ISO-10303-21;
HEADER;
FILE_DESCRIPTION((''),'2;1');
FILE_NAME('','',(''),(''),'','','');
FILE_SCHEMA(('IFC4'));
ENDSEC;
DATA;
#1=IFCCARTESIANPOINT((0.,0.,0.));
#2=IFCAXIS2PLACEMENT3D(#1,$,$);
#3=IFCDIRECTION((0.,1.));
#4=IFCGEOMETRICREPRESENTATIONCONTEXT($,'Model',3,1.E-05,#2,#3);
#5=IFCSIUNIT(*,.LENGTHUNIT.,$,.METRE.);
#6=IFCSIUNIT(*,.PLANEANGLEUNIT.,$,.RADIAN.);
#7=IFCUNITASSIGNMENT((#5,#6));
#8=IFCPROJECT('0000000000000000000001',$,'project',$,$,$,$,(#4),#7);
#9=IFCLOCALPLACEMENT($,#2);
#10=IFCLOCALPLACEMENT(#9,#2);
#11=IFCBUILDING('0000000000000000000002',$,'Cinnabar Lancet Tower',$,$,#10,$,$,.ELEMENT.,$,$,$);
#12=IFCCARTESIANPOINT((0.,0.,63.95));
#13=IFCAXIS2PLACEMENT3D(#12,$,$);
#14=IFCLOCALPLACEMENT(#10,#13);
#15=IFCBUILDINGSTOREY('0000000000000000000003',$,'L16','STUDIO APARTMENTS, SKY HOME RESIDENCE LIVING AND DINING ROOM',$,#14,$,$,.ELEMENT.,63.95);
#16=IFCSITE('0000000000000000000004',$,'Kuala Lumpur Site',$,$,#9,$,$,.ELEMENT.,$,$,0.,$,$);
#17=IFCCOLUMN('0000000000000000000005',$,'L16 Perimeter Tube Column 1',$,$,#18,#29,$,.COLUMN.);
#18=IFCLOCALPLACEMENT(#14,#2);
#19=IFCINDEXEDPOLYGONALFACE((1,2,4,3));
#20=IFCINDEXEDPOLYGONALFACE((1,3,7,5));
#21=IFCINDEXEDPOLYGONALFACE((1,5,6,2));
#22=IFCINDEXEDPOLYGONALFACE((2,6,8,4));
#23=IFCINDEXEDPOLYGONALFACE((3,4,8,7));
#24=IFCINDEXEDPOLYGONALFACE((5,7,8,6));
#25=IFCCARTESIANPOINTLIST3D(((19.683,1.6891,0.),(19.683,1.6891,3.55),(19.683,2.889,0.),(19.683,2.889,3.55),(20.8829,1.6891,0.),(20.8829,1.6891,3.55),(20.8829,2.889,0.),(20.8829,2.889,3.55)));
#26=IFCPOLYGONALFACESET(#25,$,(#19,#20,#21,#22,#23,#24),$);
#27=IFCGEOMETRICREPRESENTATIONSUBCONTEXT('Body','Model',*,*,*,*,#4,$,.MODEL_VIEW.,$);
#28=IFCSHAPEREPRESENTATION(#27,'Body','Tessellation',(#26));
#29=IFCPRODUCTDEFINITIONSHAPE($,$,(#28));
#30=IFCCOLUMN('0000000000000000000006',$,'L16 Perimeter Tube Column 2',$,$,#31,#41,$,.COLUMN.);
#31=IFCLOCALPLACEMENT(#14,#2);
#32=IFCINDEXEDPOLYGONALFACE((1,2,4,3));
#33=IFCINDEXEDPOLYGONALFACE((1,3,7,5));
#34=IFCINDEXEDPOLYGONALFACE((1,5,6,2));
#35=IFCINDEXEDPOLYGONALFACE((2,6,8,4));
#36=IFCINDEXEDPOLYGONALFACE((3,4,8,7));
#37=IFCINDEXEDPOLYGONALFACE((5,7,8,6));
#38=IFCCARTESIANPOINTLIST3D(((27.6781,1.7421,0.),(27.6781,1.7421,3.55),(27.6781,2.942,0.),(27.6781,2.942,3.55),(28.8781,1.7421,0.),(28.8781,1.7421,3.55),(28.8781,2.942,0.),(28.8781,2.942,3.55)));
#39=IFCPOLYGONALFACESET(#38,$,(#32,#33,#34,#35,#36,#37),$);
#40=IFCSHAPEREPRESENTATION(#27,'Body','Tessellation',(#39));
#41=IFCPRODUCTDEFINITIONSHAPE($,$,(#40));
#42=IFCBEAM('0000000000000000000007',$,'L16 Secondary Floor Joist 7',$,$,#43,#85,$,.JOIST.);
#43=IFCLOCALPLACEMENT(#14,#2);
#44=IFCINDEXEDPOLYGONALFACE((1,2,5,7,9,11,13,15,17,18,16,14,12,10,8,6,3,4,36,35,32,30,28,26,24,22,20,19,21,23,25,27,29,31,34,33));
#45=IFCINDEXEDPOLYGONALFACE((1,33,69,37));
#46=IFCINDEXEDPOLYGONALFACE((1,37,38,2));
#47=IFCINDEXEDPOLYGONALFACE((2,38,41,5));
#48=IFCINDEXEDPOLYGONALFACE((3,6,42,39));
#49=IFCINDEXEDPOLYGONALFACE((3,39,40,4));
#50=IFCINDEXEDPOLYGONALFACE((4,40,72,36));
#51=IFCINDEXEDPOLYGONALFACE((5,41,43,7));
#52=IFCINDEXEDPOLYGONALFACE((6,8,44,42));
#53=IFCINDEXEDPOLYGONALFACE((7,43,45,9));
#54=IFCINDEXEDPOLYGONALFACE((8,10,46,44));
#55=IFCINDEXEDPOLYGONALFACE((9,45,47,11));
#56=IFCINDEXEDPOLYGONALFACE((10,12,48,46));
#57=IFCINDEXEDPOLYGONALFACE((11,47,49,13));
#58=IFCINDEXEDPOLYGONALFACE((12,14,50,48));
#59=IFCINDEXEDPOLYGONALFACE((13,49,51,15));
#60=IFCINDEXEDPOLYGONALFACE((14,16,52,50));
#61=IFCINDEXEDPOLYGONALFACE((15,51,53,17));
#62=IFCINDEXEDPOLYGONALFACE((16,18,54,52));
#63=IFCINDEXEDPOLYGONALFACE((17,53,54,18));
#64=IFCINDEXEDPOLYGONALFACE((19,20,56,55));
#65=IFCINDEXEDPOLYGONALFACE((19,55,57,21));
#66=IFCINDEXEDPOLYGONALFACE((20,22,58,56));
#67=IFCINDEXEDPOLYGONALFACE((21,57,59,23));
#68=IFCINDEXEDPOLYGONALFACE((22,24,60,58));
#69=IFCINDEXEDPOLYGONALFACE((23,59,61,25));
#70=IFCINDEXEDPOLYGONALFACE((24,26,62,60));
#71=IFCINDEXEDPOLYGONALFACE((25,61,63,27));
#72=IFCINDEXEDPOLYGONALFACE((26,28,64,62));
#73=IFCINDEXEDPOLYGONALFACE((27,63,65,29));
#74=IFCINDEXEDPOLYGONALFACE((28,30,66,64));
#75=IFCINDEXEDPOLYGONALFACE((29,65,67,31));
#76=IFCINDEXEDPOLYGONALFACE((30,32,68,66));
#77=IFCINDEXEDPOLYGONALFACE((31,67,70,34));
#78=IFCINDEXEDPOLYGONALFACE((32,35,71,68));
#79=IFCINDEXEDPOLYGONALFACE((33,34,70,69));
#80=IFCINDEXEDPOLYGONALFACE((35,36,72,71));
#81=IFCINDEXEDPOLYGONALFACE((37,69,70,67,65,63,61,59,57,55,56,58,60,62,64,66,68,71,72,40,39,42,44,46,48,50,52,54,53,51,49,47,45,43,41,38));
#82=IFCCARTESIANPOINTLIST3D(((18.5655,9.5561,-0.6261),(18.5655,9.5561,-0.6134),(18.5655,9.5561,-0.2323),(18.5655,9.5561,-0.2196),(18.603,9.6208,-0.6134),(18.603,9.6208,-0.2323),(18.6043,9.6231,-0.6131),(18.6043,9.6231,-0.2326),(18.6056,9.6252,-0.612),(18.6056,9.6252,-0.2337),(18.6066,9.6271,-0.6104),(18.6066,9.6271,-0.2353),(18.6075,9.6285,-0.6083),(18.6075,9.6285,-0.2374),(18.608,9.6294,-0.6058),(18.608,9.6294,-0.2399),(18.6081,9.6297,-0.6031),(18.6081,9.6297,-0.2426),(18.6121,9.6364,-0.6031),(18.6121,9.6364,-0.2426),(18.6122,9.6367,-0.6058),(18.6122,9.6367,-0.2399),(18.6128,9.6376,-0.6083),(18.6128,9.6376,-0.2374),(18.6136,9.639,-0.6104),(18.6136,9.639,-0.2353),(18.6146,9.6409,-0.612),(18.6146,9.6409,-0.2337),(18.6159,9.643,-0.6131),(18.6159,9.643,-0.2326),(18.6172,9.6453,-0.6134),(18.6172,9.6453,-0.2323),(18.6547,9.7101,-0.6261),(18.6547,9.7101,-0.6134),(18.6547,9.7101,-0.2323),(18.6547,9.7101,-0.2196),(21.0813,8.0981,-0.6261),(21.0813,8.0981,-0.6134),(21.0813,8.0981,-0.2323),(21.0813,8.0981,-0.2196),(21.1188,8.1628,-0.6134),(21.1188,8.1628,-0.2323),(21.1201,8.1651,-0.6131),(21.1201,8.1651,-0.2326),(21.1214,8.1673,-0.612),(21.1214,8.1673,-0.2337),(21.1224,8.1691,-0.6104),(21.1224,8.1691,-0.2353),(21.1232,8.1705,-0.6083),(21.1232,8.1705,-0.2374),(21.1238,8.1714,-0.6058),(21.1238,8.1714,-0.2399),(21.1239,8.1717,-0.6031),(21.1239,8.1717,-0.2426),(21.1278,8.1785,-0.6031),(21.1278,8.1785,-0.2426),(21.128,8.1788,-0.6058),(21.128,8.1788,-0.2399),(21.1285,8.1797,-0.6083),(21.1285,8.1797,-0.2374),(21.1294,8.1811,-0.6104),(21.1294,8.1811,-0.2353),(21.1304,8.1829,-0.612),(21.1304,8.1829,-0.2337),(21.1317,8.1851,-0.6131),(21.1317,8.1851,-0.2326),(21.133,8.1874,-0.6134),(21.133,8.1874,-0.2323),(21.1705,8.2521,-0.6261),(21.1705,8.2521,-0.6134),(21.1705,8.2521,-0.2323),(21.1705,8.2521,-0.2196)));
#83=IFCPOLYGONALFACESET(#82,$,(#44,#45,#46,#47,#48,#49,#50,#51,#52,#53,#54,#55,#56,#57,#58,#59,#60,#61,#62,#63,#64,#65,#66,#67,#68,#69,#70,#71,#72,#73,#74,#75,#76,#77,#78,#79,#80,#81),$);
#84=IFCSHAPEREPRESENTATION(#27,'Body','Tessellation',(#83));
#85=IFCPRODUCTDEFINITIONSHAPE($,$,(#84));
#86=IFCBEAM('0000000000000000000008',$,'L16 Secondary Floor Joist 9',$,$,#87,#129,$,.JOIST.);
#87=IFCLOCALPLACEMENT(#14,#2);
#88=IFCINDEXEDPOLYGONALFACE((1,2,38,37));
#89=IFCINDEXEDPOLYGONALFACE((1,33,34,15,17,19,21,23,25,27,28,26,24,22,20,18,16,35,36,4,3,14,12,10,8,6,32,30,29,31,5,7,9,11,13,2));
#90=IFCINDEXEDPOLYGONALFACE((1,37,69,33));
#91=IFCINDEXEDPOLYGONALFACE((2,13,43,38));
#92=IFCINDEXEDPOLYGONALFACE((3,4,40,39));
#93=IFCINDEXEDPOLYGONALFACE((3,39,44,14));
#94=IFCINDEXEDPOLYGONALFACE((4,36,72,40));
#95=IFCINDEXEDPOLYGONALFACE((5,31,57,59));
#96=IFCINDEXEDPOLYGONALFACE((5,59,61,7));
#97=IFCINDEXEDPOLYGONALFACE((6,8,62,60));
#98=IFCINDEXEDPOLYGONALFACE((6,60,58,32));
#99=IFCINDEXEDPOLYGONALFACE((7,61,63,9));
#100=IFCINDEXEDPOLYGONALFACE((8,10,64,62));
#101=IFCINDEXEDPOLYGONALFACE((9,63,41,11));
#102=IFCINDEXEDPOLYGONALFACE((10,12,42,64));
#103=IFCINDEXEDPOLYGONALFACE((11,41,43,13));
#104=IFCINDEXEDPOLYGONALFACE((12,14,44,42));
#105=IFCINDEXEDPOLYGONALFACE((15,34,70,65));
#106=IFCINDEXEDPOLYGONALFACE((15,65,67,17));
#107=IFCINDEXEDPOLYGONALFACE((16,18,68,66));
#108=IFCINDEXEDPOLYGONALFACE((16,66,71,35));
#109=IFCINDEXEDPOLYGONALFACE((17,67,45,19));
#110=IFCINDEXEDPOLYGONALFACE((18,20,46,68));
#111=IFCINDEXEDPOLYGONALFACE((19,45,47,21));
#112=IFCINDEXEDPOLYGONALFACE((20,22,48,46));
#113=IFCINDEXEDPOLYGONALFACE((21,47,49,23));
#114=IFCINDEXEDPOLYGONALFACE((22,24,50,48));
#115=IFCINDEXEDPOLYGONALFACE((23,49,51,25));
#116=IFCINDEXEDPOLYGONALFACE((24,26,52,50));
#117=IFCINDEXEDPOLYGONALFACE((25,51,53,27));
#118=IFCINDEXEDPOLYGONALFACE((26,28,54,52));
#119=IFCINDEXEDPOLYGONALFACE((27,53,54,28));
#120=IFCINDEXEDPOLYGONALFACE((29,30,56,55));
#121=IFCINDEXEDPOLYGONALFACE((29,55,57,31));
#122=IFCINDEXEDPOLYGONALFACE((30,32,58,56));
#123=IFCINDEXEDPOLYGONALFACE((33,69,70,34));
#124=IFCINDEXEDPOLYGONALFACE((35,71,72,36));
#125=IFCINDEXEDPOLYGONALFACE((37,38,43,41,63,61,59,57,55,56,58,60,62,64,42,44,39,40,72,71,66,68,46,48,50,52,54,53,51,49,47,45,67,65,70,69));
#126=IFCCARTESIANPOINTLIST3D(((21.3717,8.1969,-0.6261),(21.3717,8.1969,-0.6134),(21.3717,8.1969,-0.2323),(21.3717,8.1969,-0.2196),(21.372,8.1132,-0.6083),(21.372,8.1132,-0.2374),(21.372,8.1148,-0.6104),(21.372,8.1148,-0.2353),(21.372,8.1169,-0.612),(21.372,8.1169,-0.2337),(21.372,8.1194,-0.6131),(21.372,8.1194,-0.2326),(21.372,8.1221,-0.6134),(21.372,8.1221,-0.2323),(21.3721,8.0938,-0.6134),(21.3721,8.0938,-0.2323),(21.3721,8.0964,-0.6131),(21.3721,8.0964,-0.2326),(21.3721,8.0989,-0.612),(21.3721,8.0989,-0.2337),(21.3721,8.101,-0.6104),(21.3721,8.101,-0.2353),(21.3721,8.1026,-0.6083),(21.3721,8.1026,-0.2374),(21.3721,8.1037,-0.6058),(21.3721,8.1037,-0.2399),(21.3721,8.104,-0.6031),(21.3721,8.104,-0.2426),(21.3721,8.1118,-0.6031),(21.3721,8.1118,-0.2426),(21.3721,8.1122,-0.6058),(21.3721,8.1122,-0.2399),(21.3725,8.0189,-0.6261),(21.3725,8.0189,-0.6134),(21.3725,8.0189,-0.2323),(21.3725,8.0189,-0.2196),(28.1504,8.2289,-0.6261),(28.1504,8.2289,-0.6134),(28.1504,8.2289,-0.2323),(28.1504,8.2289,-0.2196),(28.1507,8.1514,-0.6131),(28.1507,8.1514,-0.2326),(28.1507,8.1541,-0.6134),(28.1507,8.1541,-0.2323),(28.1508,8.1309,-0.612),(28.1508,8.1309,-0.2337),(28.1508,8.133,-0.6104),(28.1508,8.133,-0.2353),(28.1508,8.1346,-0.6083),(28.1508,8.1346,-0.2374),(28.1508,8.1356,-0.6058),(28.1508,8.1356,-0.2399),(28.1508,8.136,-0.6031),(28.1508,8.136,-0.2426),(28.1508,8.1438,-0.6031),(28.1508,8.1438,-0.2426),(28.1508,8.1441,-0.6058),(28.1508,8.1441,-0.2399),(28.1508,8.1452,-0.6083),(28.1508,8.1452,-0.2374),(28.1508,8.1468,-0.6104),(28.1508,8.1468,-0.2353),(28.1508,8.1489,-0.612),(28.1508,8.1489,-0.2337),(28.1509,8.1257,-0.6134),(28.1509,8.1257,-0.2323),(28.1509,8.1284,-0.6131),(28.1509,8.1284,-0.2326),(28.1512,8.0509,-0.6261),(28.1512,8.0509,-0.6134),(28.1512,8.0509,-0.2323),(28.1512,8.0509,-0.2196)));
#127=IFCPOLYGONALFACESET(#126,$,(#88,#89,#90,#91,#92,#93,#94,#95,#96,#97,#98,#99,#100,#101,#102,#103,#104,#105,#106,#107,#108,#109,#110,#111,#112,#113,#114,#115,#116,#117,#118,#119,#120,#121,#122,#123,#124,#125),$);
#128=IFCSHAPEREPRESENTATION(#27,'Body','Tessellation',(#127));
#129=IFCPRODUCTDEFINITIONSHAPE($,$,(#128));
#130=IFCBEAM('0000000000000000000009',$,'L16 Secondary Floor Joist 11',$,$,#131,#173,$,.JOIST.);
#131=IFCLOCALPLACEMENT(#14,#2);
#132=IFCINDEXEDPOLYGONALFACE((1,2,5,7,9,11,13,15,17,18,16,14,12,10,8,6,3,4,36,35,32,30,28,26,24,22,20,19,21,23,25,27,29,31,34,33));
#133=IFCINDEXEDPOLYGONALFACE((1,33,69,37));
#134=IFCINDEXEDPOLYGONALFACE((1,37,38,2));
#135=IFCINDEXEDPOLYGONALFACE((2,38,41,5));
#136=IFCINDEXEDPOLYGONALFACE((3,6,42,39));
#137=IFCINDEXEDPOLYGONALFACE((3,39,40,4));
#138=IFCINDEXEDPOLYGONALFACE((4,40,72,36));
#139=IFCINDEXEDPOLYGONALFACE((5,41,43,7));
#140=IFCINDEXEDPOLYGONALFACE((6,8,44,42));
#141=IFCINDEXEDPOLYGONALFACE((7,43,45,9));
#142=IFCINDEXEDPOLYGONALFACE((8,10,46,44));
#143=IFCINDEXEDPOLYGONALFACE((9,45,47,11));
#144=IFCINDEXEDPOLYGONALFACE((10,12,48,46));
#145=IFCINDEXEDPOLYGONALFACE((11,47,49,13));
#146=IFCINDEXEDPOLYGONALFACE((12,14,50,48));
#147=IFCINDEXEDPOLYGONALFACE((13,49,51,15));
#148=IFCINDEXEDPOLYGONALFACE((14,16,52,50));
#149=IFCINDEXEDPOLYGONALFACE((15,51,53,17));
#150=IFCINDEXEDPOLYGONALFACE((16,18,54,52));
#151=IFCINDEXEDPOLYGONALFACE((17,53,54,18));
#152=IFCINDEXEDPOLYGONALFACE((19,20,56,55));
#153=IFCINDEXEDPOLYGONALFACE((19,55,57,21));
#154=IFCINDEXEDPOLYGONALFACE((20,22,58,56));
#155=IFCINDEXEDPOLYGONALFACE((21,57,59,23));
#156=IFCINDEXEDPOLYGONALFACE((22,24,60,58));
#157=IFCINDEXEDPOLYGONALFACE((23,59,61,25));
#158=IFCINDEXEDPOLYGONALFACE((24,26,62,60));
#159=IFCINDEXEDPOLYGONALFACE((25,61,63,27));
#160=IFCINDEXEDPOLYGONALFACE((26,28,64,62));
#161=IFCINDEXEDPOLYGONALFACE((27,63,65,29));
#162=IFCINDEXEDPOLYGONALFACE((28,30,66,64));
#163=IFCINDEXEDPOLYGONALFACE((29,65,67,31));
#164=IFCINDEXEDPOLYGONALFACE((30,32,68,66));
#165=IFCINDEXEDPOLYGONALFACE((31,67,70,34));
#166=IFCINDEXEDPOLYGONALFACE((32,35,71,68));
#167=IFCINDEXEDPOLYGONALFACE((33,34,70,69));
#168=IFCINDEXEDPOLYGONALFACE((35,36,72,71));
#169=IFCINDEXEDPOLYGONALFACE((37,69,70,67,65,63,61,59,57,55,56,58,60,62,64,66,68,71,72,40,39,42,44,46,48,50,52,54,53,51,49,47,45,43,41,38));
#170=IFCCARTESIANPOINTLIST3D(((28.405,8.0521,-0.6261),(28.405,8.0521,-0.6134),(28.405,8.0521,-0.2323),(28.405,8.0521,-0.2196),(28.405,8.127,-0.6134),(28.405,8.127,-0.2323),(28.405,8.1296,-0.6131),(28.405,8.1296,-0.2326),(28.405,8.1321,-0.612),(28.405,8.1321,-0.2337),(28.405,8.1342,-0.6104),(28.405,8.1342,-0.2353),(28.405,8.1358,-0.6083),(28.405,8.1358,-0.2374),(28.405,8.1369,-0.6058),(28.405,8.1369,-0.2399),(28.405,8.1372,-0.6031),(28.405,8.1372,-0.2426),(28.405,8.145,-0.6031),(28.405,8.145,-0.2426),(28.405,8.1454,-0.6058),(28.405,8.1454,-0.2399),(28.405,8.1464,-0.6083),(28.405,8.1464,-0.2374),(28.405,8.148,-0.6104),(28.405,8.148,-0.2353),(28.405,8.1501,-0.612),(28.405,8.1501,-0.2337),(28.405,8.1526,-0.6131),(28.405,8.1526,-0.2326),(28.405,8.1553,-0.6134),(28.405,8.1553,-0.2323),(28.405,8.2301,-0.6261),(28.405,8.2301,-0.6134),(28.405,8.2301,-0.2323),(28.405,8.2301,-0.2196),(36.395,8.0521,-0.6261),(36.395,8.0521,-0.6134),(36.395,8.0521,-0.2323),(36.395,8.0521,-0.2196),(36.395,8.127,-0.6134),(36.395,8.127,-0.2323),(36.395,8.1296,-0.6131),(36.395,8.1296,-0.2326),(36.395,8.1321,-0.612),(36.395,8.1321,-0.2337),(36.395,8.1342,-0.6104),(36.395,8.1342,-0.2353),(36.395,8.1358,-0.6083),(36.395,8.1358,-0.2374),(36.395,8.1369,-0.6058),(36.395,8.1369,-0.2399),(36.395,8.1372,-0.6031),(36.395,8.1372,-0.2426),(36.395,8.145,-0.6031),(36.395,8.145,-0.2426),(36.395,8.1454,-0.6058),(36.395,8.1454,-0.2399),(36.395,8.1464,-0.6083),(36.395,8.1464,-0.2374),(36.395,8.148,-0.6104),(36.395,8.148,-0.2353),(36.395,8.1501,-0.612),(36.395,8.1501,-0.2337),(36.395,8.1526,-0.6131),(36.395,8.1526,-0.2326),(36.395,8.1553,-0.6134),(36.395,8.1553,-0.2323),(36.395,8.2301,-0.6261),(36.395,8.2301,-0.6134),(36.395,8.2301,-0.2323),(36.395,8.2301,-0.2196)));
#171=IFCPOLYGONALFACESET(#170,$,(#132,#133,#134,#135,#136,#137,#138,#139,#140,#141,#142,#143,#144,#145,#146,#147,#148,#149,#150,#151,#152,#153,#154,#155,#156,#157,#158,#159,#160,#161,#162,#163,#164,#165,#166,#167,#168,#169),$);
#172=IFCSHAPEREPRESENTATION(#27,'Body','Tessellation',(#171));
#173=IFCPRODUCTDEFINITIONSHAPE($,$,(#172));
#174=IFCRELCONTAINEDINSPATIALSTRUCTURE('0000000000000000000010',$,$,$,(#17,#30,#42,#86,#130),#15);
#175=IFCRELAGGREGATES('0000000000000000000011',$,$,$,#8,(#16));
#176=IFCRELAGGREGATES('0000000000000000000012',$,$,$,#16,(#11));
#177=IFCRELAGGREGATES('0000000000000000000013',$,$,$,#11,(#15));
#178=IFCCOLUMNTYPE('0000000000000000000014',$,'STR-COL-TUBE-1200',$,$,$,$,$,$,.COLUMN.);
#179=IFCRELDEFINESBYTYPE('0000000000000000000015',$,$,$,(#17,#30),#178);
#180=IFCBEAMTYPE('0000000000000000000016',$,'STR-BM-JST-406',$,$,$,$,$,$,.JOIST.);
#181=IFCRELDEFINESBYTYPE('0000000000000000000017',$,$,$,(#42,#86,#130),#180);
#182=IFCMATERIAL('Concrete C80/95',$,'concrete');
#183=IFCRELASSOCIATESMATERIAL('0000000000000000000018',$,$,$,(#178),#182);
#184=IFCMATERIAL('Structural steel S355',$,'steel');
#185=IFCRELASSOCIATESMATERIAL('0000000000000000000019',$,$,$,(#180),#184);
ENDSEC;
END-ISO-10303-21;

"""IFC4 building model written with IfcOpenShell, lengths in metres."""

from ifc_helpers import new_model, si_unit, direction, frame, origin, origin_2d, place, context, subcontext, project, spatial, rectangle, i_section, extrude, material, material_profile, profile_set, type_object, element, save


model = new_model("IFC4")

# Units and contexts
model_context = context("Model", 3, precision=1e-05, world=origin(), true_north=direction((0.0, 1.0)))
body_context = subcontext(model_context, "Body", "Model", "MODEL_VIEW")
ifc_project = project(units=[si_unit("LENGTHUNIT", "METRE"), si_unit("PLANEANGLEUNIT", "RADIAN")], contexts=[model_context])

# Site, building, storey
site_placement = place(None, origin())
site = spatial("IfcSite", under=ifc_project, at=site_placement, Name="Kuala Lumpur Site", CompositionType="ELEMENT", RefElevation=0.0)
building_placement = place(site_placement, origin())
building = spatial("IfcBuilding", under=site, at=building_placement, Name="Cinnabar Lancet Tower", CompositionType="ELEMENT")
storey_placement = place(building_placement, frame((0.0, 0.0, 63.95)))
storey = spatial("IfcBuildingStorey", under=building, at=storey_placement, Name="L16", Description="STUDIO APARTMENTS, SKY HOME RESIDENCE LIVING AND DINING ROOM", CompositionType="ELEMENT", Elevation=63.95)

# Columns
ifc_material_1 = material(Name="Concrete C80/95", Category="concrete")
ifc_material_profile_1 = material_profile(ifc_material_1, rectangle(XDim=1.2, YDim=1.2, at=origin_2d()), Name="RC-COL 1200x1200")
ifc_profile_set_1 = profile_set([ifc_material_profile_1], Name="Concrete C80/95")
column_type = type_object("IfcColumnType", Name="STR-COL-TUBE-1200", PredefinedType="COLUMN", material=ifc_profile_set_1)
for number, where, z_axis, x_axis, name in (
    (1, (20.283, 2.2891, 0.0), (0.0, 0.0, 1.0), (1.0, 0.0, 0.0), "L16 Perimeter Tube Column 1"),
    (2, (28.2781, 2.342, 0.0), (0.0, 0.0, 1.0), (1.0, 0.0, 0.0), "L16 Perimeter Tube Column 2"),
):
    element("IfcColumn", number, at=place(storey_placement, frame(where, z_axis=z_axis, x_axis=x_axis)), inside=storey, type_object=column_type, Name=name, PredefinedType="COLUMN", context=body_context, shape_type="SweptSolid", body=[
        extrude(rectangle(XDim=1.2, YDim=1.2, at=origin_2d()), origin(), (0.0, 0.0, 1.0), 3.55),
    ])

# Beams
ifc_material_2 = material(Name="Structural steel S355", Category="steel")
ifc_material_profile_2 = material_profile(ifc_material_2, i_section(OverallWidth=0.178, OverallDepth=0.4065, WebThickness=0.0078, FlangeThickness=0.0127, FilletRadius=0.0103, at=origin_2d()), Name="UKB 406x178x60")
ifc_profile_set_2 = profile_set([ifc_material_profile_2], Name="Structural steel S355")
beam_type_1 = type_object("IfcBeamType", Name="STR-BM-JST-406", PredefinedType="JOIST", material=ifc_profile_set_2)
beam_1_placement = place(storey_placement, frame((18.6101, 9.6331, -0.4229), z_axis=(0.86521, -0.50141, 0.0), x_axis=(0.50141, 0.86521, 0.0)))
element("IfcBeam", 3, at=beam_1_placement, inside=storey, type_object=beam_type_1, Name="L16 Secondary Floor Joist 7", PredefinedType="JOIST", context=body_context, shape_type="SweptSolid", body=[
    extrude(i_section(OverallWidth=0.178, OverallDepth=0.4065, WebThickness=0.0078, FlangeThickness=0.0127, FilletRadius=0.0103, at=origin_2d()), origin(), (0.0, 0.0, 1.0), 2.9077),
])
beam_2_placement = place(storey_placement, frame((21.3721, 8.1079, -0.4229), z_axis=(0.999989, 0.004718, 0.0), x_axis=(-0.004718, 0.999989, 0.0)))
element("IfcBeam", 4, at=beam_2_placement, inside=storey, type_object=beam_type_1, Name="L16 Secondary Floor Joist 9", PredefinedType="JOIST", context=body_context, shape_type="SweptSolid", body=[
    extrude(i_section(OverallWidth=0.178, OverallDepth=0.4065, WebThickness=0.0078, FlangeThickness=0.0127, FilletRadius=0.0103, at=origin_2d()), origin(), (0.0, 0.0, 1.0), 6.7788),
])
beam_3_placement = place(storey_placement, frame((28.405, 8.1411, -0.4229), z_axis=(1.0, 0.0, 0.0), x_axis=(0.0, 1.0, 0.0)))
element("IfcBeam", 5, at=beam_3_placement, inside=storey, type_object=beam_type_1, Name="L16 Secondary Floor Joist 11", PredefinedType="JOIST", context=body_context, shape_type="SweptSolid", body=[
    extrude(i_section(OverallWidth=0.178, OverallDepth=0.4065, WebThickness=0.0078, FlangeThickness=0.0127, FilletRadius=0.0103, at=origin_2d()), origin(), (0.0, 0.0, 1.0), 7.99),
])

save(model, "model.ifc")
